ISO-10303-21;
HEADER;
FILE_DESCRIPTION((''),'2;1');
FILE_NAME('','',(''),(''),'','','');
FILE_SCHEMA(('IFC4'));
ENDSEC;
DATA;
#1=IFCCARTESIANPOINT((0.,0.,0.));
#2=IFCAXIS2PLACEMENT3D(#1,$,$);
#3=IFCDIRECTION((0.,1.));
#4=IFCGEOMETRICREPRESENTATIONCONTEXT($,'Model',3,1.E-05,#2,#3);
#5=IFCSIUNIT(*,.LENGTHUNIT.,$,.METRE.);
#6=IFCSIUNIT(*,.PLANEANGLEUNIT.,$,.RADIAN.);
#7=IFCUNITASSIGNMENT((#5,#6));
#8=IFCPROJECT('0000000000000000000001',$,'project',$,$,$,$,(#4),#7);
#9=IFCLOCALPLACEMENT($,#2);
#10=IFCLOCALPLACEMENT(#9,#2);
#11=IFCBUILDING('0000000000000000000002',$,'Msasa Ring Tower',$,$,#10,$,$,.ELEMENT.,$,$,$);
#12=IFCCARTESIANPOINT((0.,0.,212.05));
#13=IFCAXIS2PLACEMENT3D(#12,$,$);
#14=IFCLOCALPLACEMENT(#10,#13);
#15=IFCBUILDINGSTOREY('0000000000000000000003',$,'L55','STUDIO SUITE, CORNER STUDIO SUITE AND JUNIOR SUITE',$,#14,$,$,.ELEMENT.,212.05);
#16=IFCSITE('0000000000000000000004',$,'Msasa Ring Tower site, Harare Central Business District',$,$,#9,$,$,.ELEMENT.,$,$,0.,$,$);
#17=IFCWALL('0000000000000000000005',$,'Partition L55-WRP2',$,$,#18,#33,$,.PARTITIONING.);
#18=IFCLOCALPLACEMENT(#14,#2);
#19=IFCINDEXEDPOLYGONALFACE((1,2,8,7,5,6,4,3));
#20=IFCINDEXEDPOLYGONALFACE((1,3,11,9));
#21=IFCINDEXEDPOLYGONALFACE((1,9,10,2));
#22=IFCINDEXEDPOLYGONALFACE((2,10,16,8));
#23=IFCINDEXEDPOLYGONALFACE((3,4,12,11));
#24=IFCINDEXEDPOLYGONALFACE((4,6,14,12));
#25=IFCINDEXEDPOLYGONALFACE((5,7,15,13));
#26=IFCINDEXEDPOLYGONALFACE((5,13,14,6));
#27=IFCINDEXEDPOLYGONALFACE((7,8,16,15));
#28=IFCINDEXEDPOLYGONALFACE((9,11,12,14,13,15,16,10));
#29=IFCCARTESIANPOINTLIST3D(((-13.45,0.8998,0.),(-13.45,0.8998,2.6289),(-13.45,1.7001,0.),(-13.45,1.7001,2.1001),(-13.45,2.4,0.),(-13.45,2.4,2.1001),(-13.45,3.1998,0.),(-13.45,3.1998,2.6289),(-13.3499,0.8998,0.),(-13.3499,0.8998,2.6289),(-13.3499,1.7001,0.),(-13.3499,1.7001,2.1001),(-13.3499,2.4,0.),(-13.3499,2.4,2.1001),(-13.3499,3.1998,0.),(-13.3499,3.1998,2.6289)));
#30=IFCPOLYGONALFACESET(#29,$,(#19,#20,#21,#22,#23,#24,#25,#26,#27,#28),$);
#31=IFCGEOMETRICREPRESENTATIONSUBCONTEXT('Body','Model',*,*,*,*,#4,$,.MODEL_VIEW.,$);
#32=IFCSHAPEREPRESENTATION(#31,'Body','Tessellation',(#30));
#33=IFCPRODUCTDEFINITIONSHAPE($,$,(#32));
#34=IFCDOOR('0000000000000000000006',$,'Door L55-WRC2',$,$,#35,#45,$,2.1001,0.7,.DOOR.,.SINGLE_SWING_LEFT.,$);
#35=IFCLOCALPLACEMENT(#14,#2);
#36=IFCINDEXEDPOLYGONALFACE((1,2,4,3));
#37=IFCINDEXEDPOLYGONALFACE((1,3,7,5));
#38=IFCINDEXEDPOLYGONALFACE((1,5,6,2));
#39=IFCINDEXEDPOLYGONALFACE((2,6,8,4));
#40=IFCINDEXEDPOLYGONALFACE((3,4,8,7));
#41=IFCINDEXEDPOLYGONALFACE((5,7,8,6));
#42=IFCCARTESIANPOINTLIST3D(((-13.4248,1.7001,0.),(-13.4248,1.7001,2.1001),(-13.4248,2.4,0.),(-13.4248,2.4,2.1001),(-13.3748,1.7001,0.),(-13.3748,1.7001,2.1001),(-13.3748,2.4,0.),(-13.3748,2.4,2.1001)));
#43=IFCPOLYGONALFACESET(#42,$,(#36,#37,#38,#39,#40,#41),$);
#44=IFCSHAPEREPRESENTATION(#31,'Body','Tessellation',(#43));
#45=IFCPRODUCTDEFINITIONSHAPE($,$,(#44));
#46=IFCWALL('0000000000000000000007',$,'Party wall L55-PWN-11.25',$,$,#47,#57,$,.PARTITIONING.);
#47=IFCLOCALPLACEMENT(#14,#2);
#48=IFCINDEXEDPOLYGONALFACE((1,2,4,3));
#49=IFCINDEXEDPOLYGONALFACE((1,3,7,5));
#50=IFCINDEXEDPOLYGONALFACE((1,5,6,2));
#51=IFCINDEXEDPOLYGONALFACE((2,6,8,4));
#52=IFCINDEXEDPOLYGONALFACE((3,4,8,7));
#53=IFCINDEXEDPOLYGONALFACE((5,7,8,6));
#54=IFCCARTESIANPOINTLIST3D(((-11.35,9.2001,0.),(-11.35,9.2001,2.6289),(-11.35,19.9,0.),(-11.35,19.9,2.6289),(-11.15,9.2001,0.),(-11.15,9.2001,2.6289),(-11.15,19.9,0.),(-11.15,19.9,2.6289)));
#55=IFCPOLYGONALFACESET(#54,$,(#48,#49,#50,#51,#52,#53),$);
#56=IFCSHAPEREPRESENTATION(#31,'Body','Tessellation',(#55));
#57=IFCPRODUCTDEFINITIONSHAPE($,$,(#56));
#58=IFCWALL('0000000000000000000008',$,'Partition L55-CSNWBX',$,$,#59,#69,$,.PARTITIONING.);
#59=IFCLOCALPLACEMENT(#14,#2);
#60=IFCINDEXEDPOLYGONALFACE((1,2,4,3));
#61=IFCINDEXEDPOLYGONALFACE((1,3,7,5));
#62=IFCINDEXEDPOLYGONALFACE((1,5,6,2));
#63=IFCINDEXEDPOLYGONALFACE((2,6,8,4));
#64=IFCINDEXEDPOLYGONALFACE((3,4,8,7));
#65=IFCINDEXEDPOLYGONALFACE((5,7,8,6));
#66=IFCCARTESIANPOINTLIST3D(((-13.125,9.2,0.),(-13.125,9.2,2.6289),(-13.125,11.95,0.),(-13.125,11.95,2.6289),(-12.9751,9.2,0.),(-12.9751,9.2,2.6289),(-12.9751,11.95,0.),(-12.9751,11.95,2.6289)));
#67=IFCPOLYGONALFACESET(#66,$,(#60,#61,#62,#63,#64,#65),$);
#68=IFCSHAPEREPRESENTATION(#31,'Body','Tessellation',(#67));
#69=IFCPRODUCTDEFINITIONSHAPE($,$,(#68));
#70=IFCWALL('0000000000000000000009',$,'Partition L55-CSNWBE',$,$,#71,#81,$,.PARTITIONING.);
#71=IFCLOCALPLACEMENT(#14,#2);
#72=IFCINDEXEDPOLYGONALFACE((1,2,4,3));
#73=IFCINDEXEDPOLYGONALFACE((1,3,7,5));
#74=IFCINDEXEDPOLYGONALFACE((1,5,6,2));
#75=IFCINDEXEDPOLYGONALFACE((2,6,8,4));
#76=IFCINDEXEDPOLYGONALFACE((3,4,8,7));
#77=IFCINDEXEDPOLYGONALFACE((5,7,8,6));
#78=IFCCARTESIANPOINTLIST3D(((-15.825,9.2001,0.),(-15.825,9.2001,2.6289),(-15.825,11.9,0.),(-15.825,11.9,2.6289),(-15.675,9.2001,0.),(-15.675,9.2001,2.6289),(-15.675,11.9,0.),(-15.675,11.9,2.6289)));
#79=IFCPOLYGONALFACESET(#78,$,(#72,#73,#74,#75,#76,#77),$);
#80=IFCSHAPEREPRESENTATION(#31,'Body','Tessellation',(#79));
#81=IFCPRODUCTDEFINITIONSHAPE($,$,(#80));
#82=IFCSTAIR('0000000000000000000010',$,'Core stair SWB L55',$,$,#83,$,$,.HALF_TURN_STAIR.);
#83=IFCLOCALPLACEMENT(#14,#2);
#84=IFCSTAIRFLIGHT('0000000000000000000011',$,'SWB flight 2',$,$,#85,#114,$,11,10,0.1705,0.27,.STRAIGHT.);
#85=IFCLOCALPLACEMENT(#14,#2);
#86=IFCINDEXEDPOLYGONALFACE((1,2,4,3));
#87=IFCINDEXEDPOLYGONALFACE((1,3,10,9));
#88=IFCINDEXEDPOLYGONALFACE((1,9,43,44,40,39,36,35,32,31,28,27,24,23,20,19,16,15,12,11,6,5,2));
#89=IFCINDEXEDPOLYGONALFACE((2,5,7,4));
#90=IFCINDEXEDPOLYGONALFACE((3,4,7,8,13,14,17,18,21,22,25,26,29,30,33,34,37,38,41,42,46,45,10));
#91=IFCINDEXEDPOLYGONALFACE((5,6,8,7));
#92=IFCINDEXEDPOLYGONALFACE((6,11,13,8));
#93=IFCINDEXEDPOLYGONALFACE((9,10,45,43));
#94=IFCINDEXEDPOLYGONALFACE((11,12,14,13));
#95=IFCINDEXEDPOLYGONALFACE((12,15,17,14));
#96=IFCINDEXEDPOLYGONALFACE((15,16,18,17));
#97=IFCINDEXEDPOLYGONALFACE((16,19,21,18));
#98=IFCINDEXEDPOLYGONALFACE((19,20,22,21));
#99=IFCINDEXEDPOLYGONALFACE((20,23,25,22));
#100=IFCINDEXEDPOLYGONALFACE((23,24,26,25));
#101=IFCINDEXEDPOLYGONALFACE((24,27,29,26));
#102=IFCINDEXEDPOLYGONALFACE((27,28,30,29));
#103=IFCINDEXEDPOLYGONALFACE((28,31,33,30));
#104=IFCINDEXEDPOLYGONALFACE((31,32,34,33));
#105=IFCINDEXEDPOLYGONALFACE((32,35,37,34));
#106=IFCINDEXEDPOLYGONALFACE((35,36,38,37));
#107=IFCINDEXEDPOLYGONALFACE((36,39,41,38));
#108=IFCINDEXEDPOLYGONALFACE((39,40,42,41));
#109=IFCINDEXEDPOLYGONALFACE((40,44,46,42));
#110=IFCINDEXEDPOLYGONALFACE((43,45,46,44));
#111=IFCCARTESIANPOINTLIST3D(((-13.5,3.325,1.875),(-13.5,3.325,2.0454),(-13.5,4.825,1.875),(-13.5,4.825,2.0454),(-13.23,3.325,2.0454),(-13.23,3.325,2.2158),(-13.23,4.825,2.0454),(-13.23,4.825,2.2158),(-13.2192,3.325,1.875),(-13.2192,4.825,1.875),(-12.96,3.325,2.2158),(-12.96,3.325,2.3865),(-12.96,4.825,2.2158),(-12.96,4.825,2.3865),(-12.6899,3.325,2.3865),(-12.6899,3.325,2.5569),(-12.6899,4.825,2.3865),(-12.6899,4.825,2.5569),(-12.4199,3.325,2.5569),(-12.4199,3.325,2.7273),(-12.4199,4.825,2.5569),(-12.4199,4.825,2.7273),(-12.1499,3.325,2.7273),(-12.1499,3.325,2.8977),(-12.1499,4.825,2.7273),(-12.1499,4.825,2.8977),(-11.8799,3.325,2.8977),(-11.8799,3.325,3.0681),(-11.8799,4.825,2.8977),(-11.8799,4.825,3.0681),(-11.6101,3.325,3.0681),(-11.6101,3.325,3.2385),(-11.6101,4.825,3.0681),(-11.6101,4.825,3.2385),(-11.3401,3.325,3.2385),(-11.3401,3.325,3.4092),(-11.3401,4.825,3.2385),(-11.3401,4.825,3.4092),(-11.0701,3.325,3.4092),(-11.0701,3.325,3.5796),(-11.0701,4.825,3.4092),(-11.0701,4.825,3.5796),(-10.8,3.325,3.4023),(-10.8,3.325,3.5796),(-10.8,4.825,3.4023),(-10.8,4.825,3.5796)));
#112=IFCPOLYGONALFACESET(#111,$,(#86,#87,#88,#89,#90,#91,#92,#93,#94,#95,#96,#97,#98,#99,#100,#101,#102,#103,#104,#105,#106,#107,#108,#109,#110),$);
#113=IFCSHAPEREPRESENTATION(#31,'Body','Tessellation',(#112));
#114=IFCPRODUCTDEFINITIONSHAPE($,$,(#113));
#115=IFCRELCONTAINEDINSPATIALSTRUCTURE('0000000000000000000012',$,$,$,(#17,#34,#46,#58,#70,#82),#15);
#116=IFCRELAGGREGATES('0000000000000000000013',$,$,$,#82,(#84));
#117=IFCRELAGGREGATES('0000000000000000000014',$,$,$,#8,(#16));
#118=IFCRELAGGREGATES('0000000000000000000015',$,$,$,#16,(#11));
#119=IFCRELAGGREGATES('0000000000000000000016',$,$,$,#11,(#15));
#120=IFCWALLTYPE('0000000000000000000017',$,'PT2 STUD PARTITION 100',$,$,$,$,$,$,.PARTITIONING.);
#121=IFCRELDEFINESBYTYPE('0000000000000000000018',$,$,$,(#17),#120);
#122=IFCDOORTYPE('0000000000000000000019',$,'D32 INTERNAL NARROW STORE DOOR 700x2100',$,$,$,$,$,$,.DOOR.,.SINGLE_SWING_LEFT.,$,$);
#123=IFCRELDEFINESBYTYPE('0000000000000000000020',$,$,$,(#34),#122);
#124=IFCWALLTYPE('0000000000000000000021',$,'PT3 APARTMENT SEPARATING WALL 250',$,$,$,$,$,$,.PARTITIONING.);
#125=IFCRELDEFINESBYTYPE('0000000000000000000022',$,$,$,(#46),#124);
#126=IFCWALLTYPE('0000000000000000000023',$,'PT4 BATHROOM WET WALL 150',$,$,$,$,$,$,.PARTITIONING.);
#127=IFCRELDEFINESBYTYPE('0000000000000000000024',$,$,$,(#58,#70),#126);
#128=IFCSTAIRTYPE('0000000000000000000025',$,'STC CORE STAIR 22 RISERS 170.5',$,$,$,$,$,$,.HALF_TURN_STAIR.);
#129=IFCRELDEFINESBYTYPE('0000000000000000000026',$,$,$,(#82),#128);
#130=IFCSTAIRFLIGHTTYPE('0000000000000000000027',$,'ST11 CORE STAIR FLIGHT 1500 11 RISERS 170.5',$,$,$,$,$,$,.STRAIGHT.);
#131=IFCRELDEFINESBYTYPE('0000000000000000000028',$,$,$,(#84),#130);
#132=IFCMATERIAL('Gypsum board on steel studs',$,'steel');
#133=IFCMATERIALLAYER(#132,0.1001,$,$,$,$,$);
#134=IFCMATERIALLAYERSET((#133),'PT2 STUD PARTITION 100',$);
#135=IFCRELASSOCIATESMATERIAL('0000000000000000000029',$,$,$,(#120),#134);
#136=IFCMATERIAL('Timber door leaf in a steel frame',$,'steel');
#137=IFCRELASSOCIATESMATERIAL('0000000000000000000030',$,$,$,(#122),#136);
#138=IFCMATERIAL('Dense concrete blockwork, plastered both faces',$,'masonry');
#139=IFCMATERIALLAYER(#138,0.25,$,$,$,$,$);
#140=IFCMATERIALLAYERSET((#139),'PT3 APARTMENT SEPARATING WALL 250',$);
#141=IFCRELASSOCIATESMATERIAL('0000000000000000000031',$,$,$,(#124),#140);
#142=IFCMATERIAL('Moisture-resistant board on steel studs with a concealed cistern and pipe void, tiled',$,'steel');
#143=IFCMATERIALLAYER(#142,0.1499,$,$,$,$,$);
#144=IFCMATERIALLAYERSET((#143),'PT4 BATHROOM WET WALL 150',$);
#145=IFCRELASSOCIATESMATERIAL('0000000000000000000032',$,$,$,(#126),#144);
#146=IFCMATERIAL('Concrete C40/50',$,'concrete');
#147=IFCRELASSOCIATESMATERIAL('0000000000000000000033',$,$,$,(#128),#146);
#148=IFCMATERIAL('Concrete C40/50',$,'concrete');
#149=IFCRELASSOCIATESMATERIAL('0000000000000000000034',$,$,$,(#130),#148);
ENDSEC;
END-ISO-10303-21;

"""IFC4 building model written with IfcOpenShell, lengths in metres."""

from ifc_helpers import new_model, si_unit, direction, frame, frame_2d, origin, place, context, subcontext, project, spatial, polyline, rectangle, outline, extrude, material, layer, layer_set, type_object, element, fill, aggregate, save


model = new_model("IFC4")

# Units and contexts
model_context = context("Model", 3, precision=1e-05, world=origin(), true_north=direction((0.0, 1.0)))
body_context = subcontext(model_context, "Body", "Model", "MODEL_VIEW")
ifc_project = project(units=[si_unit("LENGTHUNIT", "METRE"), si_unit("PLANEANGLEUNIT", "RADIAN")], contexts=[model_context])

# Site, building, storey
site_placement = place(None, origin())
site = spatial("IfcSite", under=ifc_project, at=site_placement, Name="Msasa Ring Tower site, Harare Central Business District", CompositionType="ELEMENT", RefElevation=0.0)
building_placement = place(site_placement, origin())
building = spatial("IfcBuilding", under=site, at=building_placement, Name="Msasa Ring Tower", CompositionType="ELEMENT")
storey_placement = place(building_placement, frame((0.0, 0.0, 212.05)))
storey = spatial("IfcBuildingStorey", under=building, at=storey_placement, Name="L55", Description="STUDIO SUITE, CORNER STUDIO SUITE AND JUNIOR SUITE", CompositionType="ELEMENT", Elevation=212.05)

# Wall, opening, door
ifc_material_1 = material(Name="Gypsum board on steel studs", Category="steel")
ifc_layer_1 = layer(ifc_material_1, 0.1001)
ifc_layer_set_1 = layer_set([ifc_layer_1], Name="PT2 STUD PARTITION 100")
wall_type_1 = type_object("IfcWallType", Name="PT2 STUD PARTITION 100", PredefinedType="PARTITIONING", material=ifc_layer_set_1)
wall_1_placement = place(storey_placement, frame((-13.3999, 0.8999, 0.0), z_axis=(0.0, 0.0, 1.0), x_axis=(0.0, 1.0, 0.0)))
wall_1 = element("IfcWall", 1, at=wall_1_placement, inside=storey, type_object=wall_type_1, Name="Partition L55-WRP2", PredefinedType="PARTITIONING", context=body_context, shape_type="SweptSolid", body=[
    extrude(rectangle(XDim=2.3, YDim=0.1001, at=frame_2d((1.1499, 0.0))), origin(), (0.0, 0.0, 1.0), 2.6289),
])
opening_1_placement = place(wall_1_placement, frame((0.8, 0.0, 0.0)))
opening_1 = element("IfcOpeningElement", 2, at=opening_1_placement, cuts=wall_1, PredefinedType="OPENING", context=body_context, shape_type="SweptSolid", body=[
    extrude(rectangle(XDim=0.7, YDim=2.1001, at=frame_2d((0.3501, 1.05))), frame((0.0, 0.0601, 0.0), z_axis=(0.0, -1.0, 0.0), x_axis=(1.0, 0.0, 0.0)), (0.0, 0.0, 1.0), 0.1201),
])
ifc_material_2 = material(Name="Timber door leaf in a steel frame", Category="steel")
door_type_1 = type_object("IfcDoorType", Name="D32 INTERNAL NARROW STORE DOOR 700x2100", OperationType="SINGLE_SWING_LEFT", PredefinedType="DOOR", material=ifc_material_2)
door_1_placement = place(opening_1_placement, origin())
door_1 = element("IfcDoor", 3, at=door_1_placement, inside=storey, type_object=door_type_1, Name="Door L55-WRC2", OperationType="SINGLE_SWING_LEFT", OverallHeight=2.1001, OverallWidth=0.7, PredefinedType="DOOR", context=body_context, shape_type="SweptSolid", body=[
    extrude(rectangle(XDim=0.7, YDim=2.1001, at=frame_2d((0.3501, 1.05))), frame((0.0, 0.0249, 0.0), z_axis=(0.0, -1.0, 0.0), x_axis=(1.0, 0.0, 0.0)), (0.0, 0.0, 1.0), 0.05),
])
fill(opening_1, door_1)

# Walls
ifc_material_3 = material(Name="Dense concrete blockwork, plastered both faces", Category="masonry")
ifc_layer_2 = layer(ifc_material_3, 0.25)
ifc_layer_set_2 = layer_set([ifc_layer_2], Name="PT3 APARTMENT SEPARATING WALL 250")
wall_type_2 = type_object("IfcWallType", Name="PT3 APARTMENT SEPARATING WALL 250", PredefinedType="PARTITIONING", material=ifc_layer_set_2)
wall_2_placement = place(storey_placement, frame((-11.25, 9.2, 0.0), z_axis=(0.0, 0.0, 1.0), x_axis=(0.0, 1.0, 0.0)))
element("IfcWall", 4, at=wall_2_placement, inside=storey, type_object=wall_type_2, Name="Party wall L55-PWN-11.25", PredefinedType="PARTITIONING", context=body_context, shape_type="SweptSolid", body=[
    extrude(rectangle(XDim=10.7, YDim=0.2, at=frame_2d((5.3501, 0.0))), origin(), (0.0, 0.0, 1.0), 2.6289),
])
ifc_material_4 = material(Name="Moisture-resistant board on steel studs with a concealed cistern and pipe void, tiled", Category="steel")
ifc_layer_3 = layer(ifc_material_4, 0.1499)
ifc_layer_set_3 = layer_set([ifc_layer_3], Name="PT4 BATHROOM WET WALL 150")
wall_type_3 = type_object("IfcWallType", Name="PT4 BATHROOM WET WALL 150", PredefinedType="PARTITIONING", material=ifc_layer_set_3)
wall_3_placement = place(storey_placement, frame((-13.05, 9.2, 0.0), z_axis=(0.0, 0.0, 1.0), x_axis=(0.0, 1.0, 0.0)))
element("IfcWall", 5, at=wall_3_placement, inside=storey, type_object=wall_type_3, Name="Partition L55-CSNWBX", PredefinedType="PARTITIONING", context=body_context, shape_type="SweptSolid", body=[
    extrude(rectangle(XDim=2.75, YDim=0.1499, at=frame_2d((1.375, 0.0))), origin(), (0.0, 0.0, 1.0), 2.6289),
])
wall_4_placement = place(storey_placement, frame((-15.75, 9.2, 0.0), z_axis=(0.0, 0.0, 1.0), x_axis=(0.0, 1.0, 0.0)))
element("IfcWall", 6, at=wall_4_placement, inside=storey, type_object=wall_type_3, Name="Partition L55-CSNWBE", PredefinedType="PARTITIONING", context=body_context, shape_type="SweptSolid", body=[
    extrude(rectangle(XDim=2.7, YDim=0.1499, at=frame_2d((1.3501, 0.0))), origin(), (0.0, 0.0, 1.0), 2.6289),
])

# Stair, stair flight
ifc_material_5 = material(Name="Concrete C40/50", Category="concrete")
stair_type = type_object("IfcStairType", Name="STC CORE STAIR 22 RISERS 170.5", PredefinedType="HALF_TURN_STAIR", material=ifc_material_5)
stair_placement = place(storey_placement, origin())
stair = element("IfcStair", 7, at=stair_placement, inside=storey, type_object=stair_type, Name="Core stair SWB L55", PredefinedType="HALF_TURN_STAIR")
ifc_material_6 = material(Name="Concrete C40/50", Category="concrete")
stair_flight_type = type_object("IfcStairFlightType", Name="ST11 CORE STAIR FLIGHT 1500 11 RISERS 170.5", PredefinedType="STRAIGHT", material=ifc_material_6)
stair_flight_placement = place(storey_placement, frame((-13.5, 4.075, 1.875), z_axis=(0.0, 0.0, 1.0), x_axis=(1.0, 0.0, 0.0)))
stair_flight = element("IfcStairFlight", 8, at=stair_flight_placement, type_object=stair_flight_type, Name="SWB flight 2", NumberOfRisers=11, NumberOfTreads=10, PredefinedType="STRAIGHT", RiserHeight=0.1705, TreadLength=0.27, context=body_context, shape_type="SweptSolid", body=[
    extrude(outline(polyline([(0.0, 0.0), (0.0, 0.1704), (0.27, 0.1704), (0.27, 0.3408), (0.54, 0.3408), (0.54, 0.5115), (0.8101, 0.5115), (0.8101, 0.6819), (1.0801, 0.6819), (1.0801, 0.8523), (1.3501, 0.8523), (1.3501, 1.0227), (1.6201, 1.0227), (1.6201, 1.1931), (1.8899, 1.1931), (1.8899, 1.3635), (2.1599, 1.3635), (2.1599, 1.5342), (2.4299, 1.5342), (2.4299, 1.7046), (2.7, 1.7046), (2.7, 1.875), (2.7, 1.5273), (0.2808, 0.0), (0.0, 0.0)])), frame((0.0, 0.75, 0.0), z_axis=(0.0, -1.0, 0.0), x_axis=(1.0, 0.0, 0.0)), (0.0, 0.0, 1.0), 1.5),
])
aggregate(stair, [stair_flight])

save(model, "model.ifc")
